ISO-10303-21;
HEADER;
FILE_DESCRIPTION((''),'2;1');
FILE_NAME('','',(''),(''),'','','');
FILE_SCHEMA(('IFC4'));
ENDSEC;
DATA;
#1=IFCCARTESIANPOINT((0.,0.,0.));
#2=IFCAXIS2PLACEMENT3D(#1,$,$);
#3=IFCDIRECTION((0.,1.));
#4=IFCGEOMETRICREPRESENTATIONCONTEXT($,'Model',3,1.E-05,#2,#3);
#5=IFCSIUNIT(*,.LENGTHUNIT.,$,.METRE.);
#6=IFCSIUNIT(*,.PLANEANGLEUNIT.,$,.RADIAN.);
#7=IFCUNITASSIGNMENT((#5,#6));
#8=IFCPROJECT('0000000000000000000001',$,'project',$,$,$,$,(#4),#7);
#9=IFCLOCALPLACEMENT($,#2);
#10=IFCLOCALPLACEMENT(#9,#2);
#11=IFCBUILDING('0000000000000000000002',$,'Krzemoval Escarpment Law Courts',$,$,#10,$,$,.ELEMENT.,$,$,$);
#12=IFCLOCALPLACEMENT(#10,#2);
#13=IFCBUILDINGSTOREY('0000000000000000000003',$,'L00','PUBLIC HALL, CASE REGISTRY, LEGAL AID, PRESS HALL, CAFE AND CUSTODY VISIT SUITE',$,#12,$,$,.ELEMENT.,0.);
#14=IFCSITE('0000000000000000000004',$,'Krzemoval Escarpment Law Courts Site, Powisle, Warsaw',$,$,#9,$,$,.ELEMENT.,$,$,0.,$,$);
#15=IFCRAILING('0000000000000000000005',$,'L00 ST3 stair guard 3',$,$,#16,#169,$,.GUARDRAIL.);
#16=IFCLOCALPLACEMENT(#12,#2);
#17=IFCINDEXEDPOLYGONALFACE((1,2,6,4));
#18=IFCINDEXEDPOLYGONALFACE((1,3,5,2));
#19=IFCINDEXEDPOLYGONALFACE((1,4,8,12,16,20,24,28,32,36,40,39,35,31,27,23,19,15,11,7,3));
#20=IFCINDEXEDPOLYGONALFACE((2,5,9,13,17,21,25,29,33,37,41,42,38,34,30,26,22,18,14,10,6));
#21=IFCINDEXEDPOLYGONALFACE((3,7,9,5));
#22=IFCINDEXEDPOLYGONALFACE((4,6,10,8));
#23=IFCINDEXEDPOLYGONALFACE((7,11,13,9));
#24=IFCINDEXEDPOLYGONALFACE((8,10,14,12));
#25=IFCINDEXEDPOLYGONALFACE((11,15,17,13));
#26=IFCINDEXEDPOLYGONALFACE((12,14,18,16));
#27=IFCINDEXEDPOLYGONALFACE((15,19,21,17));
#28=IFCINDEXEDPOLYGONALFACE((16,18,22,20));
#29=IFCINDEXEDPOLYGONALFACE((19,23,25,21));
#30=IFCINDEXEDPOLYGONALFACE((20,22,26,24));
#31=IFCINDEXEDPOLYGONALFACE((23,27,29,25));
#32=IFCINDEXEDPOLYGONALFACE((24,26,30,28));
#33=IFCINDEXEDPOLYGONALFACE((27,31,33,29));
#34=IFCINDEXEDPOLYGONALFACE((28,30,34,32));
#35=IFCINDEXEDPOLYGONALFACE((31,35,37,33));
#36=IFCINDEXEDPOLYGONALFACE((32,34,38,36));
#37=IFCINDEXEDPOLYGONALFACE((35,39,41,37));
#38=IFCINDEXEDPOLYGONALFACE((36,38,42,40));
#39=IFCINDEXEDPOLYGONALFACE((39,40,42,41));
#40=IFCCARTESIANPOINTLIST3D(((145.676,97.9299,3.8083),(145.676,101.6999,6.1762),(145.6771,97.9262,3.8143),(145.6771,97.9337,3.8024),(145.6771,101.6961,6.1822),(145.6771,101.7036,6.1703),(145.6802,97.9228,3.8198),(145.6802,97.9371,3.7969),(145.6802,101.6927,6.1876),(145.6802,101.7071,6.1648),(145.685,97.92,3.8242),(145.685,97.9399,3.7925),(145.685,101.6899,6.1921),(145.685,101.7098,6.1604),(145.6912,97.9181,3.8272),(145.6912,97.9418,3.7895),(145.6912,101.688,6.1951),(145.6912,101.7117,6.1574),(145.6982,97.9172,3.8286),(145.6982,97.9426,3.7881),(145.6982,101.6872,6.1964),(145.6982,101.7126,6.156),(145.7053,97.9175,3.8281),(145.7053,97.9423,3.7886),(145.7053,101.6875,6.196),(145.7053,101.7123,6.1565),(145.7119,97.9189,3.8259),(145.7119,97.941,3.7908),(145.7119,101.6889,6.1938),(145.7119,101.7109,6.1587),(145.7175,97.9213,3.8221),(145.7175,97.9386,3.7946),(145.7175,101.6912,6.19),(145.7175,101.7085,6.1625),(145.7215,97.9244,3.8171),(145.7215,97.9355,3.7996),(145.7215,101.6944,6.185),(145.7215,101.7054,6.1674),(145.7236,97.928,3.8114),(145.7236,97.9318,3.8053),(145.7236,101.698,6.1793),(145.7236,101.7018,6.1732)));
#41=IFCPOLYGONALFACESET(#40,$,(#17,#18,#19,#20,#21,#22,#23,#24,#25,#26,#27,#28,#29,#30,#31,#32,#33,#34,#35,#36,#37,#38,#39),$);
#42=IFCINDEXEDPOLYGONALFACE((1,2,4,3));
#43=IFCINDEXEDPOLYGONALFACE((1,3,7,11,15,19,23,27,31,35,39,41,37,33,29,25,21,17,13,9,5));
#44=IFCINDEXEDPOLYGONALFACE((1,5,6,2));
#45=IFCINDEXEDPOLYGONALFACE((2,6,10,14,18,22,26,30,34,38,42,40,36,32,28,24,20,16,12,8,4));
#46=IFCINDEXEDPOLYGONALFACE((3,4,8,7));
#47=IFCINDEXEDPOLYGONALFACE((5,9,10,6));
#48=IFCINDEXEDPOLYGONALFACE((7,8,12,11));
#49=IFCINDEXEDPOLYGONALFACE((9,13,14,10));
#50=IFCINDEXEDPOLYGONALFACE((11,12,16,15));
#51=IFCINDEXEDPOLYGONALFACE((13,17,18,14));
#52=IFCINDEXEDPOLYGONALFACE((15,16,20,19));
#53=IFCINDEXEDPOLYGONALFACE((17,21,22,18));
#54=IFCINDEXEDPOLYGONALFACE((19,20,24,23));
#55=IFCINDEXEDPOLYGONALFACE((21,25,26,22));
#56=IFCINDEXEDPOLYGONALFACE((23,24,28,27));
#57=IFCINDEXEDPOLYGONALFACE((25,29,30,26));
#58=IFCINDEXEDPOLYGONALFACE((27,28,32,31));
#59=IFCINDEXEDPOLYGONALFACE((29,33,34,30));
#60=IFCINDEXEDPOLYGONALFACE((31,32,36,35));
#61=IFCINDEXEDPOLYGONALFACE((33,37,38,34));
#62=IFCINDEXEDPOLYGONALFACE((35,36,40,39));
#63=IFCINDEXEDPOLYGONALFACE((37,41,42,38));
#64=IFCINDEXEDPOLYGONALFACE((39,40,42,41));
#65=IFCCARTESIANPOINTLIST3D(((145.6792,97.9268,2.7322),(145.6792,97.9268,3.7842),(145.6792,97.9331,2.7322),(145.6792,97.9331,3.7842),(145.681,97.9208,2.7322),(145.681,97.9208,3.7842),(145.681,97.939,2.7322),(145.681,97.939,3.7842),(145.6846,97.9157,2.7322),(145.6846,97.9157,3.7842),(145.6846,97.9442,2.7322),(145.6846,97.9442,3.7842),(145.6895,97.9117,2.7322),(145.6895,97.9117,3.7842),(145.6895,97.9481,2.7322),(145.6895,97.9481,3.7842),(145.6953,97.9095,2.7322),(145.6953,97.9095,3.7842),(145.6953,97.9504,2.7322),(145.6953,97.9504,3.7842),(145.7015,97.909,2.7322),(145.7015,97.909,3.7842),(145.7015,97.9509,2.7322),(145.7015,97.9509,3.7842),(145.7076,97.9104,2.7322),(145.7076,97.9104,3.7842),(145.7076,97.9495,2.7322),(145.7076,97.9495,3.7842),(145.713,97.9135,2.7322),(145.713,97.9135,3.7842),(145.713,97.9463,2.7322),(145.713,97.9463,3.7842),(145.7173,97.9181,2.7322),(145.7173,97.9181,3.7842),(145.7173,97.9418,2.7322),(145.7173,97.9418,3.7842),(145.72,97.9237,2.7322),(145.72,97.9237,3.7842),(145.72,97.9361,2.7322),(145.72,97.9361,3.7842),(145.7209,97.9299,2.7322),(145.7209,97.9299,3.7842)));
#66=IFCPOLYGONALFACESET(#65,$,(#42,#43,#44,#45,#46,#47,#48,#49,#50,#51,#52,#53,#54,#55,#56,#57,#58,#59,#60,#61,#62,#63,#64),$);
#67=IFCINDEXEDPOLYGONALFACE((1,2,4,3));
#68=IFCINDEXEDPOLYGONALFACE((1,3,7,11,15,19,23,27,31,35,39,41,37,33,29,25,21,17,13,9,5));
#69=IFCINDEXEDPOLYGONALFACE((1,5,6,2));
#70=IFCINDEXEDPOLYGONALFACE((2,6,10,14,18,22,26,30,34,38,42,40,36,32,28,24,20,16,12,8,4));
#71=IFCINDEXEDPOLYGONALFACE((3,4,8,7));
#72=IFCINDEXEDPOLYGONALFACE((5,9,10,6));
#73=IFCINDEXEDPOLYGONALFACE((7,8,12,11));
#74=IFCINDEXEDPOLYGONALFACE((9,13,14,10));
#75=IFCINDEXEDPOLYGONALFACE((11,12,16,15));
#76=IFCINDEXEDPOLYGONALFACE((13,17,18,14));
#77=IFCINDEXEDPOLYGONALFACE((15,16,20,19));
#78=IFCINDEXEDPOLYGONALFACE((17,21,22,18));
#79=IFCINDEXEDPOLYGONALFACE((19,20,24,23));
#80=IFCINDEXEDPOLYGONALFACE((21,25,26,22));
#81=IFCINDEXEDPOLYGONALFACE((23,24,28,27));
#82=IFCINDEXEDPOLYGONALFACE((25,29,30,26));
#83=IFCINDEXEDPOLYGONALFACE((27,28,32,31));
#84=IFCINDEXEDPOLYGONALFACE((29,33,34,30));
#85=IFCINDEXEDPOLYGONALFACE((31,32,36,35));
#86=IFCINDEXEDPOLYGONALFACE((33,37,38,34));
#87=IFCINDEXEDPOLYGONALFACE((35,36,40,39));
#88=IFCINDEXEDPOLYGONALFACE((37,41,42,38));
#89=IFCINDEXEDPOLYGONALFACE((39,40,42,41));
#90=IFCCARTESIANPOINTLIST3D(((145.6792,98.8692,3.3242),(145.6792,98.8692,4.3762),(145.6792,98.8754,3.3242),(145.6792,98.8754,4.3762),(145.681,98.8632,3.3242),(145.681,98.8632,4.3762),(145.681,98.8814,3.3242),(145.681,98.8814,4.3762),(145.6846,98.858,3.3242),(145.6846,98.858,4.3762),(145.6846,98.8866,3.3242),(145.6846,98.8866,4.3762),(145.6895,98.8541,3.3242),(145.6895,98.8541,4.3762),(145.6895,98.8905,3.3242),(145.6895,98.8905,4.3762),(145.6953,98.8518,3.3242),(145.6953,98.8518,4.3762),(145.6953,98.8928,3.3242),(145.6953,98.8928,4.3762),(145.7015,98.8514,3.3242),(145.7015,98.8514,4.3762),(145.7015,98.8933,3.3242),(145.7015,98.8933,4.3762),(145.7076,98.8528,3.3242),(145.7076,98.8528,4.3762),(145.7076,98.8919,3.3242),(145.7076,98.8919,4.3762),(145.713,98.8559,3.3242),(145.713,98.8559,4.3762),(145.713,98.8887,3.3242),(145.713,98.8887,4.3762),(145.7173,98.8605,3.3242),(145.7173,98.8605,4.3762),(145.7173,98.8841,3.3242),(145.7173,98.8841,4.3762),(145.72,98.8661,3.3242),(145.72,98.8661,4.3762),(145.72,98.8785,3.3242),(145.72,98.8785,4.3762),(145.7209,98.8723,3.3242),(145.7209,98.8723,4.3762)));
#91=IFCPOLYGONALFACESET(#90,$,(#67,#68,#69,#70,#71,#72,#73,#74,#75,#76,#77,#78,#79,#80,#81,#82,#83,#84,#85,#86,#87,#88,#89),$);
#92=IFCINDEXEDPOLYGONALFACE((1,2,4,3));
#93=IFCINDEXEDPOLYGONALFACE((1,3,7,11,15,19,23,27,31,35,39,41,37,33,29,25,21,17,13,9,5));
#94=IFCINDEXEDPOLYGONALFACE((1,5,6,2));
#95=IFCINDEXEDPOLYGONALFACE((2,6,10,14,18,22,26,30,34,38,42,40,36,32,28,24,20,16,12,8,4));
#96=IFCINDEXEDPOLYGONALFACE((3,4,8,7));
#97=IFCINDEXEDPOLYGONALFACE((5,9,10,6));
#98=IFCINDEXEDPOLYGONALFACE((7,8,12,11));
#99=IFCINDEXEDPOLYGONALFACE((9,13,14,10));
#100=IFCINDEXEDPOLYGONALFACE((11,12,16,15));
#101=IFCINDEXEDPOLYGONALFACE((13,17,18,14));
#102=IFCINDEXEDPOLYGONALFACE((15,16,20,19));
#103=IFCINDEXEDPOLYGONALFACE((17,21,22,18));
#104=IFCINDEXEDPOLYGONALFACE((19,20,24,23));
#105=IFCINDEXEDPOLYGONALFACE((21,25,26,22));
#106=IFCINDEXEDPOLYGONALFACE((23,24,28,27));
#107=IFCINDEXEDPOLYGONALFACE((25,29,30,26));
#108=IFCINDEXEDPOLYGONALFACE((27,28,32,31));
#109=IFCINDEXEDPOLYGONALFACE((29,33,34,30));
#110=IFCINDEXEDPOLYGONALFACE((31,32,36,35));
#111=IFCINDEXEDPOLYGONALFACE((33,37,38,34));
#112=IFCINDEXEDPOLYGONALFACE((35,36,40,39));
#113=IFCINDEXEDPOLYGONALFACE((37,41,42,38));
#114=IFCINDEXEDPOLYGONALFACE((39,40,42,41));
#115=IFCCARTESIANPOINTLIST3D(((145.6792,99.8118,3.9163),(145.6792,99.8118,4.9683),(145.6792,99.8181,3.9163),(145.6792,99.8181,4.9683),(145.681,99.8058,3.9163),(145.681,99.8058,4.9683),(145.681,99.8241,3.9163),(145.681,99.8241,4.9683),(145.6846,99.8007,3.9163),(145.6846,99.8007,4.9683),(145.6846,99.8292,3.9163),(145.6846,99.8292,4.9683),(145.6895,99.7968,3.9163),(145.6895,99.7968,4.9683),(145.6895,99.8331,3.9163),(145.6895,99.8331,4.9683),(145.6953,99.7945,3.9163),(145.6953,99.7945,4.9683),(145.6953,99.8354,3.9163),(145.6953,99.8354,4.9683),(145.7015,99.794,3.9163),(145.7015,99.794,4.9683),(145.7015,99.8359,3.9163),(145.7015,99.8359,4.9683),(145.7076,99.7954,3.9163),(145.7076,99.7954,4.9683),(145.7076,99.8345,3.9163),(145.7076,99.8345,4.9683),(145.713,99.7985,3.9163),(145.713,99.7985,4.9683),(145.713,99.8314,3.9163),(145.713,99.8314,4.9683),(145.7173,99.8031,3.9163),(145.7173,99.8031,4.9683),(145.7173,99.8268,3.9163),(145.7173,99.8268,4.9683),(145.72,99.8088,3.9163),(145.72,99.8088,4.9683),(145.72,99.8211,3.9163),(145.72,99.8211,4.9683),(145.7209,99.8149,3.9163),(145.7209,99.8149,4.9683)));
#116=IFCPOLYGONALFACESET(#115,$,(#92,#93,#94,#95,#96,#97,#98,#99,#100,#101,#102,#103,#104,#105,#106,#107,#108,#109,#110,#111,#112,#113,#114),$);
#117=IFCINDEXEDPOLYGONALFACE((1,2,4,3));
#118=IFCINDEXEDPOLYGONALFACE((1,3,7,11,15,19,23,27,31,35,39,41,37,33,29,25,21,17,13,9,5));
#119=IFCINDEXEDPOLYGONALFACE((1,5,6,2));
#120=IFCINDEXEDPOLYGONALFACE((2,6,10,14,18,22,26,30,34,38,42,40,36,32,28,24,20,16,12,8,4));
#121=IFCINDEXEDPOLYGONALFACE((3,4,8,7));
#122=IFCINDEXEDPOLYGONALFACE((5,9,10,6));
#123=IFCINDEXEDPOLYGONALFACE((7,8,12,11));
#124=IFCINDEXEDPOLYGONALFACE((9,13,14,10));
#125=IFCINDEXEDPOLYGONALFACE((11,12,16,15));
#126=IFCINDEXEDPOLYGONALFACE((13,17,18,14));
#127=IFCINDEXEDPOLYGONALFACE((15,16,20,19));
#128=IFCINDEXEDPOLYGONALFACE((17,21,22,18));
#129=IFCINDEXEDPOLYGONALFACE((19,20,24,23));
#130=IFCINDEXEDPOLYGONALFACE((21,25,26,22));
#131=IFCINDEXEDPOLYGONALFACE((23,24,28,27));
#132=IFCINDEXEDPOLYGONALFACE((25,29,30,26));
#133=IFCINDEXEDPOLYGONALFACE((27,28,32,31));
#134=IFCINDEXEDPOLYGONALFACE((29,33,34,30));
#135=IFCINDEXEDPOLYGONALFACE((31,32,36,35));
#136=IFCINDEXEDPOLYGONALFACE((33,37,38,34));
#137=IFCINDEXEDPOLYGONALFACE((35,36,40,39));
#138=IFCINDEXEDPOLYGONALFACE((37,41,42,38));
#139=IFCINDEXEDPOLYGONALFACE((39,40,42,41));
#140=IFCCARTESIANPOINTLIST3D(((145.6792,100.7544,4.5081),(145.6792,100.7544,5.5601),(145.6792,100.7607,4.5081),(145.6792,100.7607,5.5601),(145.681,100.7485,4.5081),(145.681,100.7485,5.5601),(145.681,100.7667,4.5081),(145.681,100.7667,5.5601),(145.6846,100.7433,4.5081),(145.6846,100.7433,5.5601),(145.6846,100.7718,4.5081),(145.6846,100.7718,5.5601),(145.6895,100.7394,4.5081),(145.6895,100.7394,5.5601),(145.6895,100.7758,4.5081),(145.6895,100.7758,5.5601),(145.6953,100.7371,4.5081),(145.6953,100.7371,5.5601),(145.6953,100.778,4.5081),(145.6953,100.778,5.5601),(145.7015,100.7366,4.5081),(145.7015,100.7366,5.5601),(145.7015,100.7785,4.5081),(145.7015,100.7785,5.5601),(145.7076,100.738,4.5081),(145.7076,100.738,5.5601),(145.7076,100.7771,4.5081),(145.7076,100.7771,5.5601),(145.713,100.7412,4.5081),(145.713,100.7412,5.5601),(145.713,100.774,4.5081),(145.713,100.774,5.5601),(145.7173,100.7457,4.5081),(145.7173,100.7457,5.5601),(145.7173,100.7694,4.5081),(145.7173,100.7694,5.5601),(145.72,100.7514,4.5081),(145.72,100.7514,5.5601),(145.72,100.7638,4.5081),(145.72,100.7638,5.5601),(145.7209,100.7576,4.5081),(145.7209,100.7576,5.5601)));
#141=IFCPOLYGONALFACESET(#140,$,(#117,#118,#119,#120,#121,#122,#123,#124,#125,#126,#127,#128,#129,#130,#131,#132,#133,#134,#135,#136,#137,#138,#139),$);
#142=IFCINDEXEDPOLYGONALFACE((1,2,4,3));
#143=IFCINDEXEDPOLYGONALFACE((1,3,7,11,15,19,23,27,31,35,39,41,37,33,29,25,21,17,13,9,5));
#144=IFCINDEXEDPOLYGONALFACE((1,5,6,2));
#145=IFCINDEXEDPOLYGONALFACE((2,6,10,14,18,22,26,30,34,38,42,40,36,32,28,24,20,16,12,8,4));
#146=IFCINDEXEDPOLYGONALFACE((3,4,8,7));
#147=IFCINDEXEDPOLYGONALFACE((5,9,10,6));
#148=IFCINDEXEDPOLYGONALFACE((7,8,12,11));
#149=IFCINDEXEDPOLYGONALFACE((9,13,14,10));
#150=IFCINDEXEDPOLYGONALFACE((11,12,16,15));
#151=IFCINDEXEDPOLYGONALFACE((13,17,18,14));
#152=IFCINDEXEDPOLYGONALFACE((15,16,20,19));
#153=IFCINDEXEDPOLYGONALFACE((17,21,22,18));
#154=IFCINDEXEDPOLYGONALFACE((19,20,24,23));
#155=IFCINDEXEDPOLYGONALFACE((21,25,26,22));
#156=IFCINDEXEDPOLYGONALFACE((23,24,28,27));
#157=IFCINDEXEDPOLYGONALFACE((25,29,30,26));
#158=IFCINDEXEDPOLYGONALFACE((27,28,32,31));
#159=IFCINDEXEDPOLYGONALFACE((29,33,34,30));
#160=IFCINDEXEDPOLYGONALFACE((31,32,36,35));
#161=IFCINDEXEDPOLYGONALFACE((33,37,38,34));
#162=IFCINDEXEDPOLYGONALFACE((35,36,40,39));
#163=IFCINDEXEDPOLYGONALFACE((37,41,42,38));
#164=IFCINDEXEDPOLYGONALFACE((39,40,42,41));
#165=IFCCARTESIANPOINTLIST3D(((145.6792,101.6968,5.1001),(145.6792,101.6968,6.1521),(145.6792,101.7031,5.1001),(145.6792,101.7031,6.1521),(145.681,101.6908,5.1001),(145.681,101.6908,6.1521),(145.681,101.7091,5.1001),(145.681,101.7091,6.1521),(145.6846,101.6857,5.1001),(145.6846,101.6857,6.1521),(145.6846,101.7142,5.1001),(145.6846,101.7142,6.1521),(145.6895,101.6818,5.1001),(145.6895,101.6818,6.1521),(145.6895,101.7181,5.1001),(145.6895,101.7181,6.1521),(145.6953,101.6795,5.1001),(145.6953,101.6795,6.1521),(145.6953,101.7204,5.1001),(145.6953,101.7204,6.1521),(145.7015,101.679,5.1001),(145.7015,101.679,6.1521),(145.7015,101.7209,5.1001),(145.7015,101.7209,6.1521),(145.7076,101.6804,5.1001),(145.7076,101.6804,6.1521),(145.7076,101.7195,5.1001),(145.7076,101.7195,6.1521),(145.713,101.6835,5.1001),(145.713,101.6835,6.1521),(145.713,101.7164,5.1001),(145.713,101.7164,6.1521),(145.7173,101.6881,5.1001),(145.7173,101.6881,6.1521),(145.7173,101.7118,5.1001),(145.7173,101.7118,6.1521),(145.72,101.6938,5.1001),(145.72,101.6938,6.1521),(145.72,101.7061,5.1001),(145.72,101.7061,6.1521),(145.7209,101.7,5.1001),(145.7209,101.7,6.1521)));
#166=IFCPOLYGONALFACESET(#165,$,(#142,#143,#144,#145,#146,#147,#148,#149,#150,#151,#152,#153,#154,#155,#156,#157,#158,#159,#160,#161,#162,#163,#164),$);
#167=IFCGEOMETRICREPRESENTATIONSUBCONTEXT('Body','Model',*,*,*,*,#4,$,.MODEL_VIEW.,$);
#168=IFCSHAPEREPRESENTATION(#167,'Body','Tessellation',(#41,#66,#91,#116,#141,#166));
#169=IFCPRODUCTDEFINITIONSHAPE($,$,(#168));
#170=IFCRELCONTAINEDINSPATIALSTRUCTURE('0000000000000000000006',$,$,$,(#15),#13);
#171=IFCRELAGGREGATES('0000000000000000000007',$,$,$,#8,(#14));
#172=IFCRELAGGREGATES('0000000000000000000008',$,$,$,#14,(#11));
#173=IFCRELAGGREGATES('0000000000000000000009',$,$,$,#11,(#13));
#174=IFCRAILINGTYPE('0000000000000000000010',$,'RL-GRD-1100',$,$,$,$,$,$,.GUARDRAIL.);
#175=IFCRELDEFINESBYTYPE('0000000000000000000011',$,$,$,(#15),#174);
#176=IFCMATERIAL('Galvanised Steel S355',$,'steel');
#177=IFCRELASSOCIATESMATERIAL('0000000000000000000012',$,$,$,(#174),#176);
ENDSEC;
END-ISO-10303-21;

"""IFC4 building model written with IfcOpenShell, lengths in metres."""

from ifc_helpers import new_model, si_unit, direction, frame, origin, origin_2d, place, context, subcontext, project, spatial, circle, extrude, material, type_object, element, save


model = new_model("IFC4")

# Units and contexts
model_context = context("Model", 3, precision=1e-05, world=origin(), true_north=direction((0.0, 1.0)))
body_context = subcontext(model_context, "Body", "Model", "MODEL_VIEW")
ifc_project = project(units=[si_unit("LENGTHUNIT", "METRE"), si_unit("PLANEANGLEUNIT", "RADIAN")], contexts=[model_context])

# Site, building, storey
site_placement = place(None, origin())
site = spatial("IfcSite", under=ifc_project, at=site_placement, Name="Krzemoval Escarpment Law Courts Site, Powisle, Warsaw", CompositionType="ELEMENT", RefElevation=0.0)
building_placement = place(site_placement, origin())
building = spatial("IfcBuilding", under=site, at=building_placement, Name="Krzemoval Escarpment Law Courts", CompositionType="ELEMENT")
storey_placement = place(building_placement, origin())
storey = spatial("IfcBuildingStorey", under=building, at=storey_placement, Name="L00", Description="PUBLIC HALL, CASE REGISTRY, LEGAL AID, PRESS HALL, CAFE AND CUSTODY VISIT SUITE", CompositionType="ELEMENT", Elevation=0.0)

# Railing
ifc_material_1 = material(Name="Galvanised Steel S355", Category="steel")
railing_type_1 = type_object("IfcRailingType", Name="RL-GRD-1100", PredefinedType="GUARDRAIL", material=ifc_material_1)
railing_1_placement = place(storey_placement, frame((145.7, 97.9299, 2.7322)))
element("IfcRailing", 1, at=railing_1_placement, inside=storey, type_object=railing_type_1, Name="L00 ST3 stair guard 3", PredefinedType="GUARDRAIL", context=body_context, shape_type="SweptSolid", body=[
    extrude(circle(Radius=0.0239, at=origin_2d()), frame((0.0, 0.0, 1.0762), z_axis=(0.0, 0.846819, 0.531881), x_axis=(-1.0, 0.0, 0.0)), (0.0, 0.0, 1.0), 4.4519),
    extrude(circle(Radius=0.021, at=origin_2d()), origin(), (0.0, 0.0, 1.0), 1.052),
    extrude(circle(Radius=0.021, at=origin_2d()), frame((0.0, 0.9424, 0.592)), (0.0, 0.0, 1.0), 1.052),
    extrude(circle(Radius=0.021, at=origin_2d()), frame((0.0, 1.885, 1.1841)), (0.0, 0.0, 1.0), 1.052),
    extrude(circle(Radius=0.021, at=origin_2d()), frame((0.0, 2.8276, 1.7759)), (0.0, 0.0, 1.0), 1.052),
    extrude(circle(Radius=0.021, at=origin_2d()), frame((0.0, 3.77, 2.3679)), (0.0, 0.0, 1.0), 1.052),
])

save(model, "model.ifc")
